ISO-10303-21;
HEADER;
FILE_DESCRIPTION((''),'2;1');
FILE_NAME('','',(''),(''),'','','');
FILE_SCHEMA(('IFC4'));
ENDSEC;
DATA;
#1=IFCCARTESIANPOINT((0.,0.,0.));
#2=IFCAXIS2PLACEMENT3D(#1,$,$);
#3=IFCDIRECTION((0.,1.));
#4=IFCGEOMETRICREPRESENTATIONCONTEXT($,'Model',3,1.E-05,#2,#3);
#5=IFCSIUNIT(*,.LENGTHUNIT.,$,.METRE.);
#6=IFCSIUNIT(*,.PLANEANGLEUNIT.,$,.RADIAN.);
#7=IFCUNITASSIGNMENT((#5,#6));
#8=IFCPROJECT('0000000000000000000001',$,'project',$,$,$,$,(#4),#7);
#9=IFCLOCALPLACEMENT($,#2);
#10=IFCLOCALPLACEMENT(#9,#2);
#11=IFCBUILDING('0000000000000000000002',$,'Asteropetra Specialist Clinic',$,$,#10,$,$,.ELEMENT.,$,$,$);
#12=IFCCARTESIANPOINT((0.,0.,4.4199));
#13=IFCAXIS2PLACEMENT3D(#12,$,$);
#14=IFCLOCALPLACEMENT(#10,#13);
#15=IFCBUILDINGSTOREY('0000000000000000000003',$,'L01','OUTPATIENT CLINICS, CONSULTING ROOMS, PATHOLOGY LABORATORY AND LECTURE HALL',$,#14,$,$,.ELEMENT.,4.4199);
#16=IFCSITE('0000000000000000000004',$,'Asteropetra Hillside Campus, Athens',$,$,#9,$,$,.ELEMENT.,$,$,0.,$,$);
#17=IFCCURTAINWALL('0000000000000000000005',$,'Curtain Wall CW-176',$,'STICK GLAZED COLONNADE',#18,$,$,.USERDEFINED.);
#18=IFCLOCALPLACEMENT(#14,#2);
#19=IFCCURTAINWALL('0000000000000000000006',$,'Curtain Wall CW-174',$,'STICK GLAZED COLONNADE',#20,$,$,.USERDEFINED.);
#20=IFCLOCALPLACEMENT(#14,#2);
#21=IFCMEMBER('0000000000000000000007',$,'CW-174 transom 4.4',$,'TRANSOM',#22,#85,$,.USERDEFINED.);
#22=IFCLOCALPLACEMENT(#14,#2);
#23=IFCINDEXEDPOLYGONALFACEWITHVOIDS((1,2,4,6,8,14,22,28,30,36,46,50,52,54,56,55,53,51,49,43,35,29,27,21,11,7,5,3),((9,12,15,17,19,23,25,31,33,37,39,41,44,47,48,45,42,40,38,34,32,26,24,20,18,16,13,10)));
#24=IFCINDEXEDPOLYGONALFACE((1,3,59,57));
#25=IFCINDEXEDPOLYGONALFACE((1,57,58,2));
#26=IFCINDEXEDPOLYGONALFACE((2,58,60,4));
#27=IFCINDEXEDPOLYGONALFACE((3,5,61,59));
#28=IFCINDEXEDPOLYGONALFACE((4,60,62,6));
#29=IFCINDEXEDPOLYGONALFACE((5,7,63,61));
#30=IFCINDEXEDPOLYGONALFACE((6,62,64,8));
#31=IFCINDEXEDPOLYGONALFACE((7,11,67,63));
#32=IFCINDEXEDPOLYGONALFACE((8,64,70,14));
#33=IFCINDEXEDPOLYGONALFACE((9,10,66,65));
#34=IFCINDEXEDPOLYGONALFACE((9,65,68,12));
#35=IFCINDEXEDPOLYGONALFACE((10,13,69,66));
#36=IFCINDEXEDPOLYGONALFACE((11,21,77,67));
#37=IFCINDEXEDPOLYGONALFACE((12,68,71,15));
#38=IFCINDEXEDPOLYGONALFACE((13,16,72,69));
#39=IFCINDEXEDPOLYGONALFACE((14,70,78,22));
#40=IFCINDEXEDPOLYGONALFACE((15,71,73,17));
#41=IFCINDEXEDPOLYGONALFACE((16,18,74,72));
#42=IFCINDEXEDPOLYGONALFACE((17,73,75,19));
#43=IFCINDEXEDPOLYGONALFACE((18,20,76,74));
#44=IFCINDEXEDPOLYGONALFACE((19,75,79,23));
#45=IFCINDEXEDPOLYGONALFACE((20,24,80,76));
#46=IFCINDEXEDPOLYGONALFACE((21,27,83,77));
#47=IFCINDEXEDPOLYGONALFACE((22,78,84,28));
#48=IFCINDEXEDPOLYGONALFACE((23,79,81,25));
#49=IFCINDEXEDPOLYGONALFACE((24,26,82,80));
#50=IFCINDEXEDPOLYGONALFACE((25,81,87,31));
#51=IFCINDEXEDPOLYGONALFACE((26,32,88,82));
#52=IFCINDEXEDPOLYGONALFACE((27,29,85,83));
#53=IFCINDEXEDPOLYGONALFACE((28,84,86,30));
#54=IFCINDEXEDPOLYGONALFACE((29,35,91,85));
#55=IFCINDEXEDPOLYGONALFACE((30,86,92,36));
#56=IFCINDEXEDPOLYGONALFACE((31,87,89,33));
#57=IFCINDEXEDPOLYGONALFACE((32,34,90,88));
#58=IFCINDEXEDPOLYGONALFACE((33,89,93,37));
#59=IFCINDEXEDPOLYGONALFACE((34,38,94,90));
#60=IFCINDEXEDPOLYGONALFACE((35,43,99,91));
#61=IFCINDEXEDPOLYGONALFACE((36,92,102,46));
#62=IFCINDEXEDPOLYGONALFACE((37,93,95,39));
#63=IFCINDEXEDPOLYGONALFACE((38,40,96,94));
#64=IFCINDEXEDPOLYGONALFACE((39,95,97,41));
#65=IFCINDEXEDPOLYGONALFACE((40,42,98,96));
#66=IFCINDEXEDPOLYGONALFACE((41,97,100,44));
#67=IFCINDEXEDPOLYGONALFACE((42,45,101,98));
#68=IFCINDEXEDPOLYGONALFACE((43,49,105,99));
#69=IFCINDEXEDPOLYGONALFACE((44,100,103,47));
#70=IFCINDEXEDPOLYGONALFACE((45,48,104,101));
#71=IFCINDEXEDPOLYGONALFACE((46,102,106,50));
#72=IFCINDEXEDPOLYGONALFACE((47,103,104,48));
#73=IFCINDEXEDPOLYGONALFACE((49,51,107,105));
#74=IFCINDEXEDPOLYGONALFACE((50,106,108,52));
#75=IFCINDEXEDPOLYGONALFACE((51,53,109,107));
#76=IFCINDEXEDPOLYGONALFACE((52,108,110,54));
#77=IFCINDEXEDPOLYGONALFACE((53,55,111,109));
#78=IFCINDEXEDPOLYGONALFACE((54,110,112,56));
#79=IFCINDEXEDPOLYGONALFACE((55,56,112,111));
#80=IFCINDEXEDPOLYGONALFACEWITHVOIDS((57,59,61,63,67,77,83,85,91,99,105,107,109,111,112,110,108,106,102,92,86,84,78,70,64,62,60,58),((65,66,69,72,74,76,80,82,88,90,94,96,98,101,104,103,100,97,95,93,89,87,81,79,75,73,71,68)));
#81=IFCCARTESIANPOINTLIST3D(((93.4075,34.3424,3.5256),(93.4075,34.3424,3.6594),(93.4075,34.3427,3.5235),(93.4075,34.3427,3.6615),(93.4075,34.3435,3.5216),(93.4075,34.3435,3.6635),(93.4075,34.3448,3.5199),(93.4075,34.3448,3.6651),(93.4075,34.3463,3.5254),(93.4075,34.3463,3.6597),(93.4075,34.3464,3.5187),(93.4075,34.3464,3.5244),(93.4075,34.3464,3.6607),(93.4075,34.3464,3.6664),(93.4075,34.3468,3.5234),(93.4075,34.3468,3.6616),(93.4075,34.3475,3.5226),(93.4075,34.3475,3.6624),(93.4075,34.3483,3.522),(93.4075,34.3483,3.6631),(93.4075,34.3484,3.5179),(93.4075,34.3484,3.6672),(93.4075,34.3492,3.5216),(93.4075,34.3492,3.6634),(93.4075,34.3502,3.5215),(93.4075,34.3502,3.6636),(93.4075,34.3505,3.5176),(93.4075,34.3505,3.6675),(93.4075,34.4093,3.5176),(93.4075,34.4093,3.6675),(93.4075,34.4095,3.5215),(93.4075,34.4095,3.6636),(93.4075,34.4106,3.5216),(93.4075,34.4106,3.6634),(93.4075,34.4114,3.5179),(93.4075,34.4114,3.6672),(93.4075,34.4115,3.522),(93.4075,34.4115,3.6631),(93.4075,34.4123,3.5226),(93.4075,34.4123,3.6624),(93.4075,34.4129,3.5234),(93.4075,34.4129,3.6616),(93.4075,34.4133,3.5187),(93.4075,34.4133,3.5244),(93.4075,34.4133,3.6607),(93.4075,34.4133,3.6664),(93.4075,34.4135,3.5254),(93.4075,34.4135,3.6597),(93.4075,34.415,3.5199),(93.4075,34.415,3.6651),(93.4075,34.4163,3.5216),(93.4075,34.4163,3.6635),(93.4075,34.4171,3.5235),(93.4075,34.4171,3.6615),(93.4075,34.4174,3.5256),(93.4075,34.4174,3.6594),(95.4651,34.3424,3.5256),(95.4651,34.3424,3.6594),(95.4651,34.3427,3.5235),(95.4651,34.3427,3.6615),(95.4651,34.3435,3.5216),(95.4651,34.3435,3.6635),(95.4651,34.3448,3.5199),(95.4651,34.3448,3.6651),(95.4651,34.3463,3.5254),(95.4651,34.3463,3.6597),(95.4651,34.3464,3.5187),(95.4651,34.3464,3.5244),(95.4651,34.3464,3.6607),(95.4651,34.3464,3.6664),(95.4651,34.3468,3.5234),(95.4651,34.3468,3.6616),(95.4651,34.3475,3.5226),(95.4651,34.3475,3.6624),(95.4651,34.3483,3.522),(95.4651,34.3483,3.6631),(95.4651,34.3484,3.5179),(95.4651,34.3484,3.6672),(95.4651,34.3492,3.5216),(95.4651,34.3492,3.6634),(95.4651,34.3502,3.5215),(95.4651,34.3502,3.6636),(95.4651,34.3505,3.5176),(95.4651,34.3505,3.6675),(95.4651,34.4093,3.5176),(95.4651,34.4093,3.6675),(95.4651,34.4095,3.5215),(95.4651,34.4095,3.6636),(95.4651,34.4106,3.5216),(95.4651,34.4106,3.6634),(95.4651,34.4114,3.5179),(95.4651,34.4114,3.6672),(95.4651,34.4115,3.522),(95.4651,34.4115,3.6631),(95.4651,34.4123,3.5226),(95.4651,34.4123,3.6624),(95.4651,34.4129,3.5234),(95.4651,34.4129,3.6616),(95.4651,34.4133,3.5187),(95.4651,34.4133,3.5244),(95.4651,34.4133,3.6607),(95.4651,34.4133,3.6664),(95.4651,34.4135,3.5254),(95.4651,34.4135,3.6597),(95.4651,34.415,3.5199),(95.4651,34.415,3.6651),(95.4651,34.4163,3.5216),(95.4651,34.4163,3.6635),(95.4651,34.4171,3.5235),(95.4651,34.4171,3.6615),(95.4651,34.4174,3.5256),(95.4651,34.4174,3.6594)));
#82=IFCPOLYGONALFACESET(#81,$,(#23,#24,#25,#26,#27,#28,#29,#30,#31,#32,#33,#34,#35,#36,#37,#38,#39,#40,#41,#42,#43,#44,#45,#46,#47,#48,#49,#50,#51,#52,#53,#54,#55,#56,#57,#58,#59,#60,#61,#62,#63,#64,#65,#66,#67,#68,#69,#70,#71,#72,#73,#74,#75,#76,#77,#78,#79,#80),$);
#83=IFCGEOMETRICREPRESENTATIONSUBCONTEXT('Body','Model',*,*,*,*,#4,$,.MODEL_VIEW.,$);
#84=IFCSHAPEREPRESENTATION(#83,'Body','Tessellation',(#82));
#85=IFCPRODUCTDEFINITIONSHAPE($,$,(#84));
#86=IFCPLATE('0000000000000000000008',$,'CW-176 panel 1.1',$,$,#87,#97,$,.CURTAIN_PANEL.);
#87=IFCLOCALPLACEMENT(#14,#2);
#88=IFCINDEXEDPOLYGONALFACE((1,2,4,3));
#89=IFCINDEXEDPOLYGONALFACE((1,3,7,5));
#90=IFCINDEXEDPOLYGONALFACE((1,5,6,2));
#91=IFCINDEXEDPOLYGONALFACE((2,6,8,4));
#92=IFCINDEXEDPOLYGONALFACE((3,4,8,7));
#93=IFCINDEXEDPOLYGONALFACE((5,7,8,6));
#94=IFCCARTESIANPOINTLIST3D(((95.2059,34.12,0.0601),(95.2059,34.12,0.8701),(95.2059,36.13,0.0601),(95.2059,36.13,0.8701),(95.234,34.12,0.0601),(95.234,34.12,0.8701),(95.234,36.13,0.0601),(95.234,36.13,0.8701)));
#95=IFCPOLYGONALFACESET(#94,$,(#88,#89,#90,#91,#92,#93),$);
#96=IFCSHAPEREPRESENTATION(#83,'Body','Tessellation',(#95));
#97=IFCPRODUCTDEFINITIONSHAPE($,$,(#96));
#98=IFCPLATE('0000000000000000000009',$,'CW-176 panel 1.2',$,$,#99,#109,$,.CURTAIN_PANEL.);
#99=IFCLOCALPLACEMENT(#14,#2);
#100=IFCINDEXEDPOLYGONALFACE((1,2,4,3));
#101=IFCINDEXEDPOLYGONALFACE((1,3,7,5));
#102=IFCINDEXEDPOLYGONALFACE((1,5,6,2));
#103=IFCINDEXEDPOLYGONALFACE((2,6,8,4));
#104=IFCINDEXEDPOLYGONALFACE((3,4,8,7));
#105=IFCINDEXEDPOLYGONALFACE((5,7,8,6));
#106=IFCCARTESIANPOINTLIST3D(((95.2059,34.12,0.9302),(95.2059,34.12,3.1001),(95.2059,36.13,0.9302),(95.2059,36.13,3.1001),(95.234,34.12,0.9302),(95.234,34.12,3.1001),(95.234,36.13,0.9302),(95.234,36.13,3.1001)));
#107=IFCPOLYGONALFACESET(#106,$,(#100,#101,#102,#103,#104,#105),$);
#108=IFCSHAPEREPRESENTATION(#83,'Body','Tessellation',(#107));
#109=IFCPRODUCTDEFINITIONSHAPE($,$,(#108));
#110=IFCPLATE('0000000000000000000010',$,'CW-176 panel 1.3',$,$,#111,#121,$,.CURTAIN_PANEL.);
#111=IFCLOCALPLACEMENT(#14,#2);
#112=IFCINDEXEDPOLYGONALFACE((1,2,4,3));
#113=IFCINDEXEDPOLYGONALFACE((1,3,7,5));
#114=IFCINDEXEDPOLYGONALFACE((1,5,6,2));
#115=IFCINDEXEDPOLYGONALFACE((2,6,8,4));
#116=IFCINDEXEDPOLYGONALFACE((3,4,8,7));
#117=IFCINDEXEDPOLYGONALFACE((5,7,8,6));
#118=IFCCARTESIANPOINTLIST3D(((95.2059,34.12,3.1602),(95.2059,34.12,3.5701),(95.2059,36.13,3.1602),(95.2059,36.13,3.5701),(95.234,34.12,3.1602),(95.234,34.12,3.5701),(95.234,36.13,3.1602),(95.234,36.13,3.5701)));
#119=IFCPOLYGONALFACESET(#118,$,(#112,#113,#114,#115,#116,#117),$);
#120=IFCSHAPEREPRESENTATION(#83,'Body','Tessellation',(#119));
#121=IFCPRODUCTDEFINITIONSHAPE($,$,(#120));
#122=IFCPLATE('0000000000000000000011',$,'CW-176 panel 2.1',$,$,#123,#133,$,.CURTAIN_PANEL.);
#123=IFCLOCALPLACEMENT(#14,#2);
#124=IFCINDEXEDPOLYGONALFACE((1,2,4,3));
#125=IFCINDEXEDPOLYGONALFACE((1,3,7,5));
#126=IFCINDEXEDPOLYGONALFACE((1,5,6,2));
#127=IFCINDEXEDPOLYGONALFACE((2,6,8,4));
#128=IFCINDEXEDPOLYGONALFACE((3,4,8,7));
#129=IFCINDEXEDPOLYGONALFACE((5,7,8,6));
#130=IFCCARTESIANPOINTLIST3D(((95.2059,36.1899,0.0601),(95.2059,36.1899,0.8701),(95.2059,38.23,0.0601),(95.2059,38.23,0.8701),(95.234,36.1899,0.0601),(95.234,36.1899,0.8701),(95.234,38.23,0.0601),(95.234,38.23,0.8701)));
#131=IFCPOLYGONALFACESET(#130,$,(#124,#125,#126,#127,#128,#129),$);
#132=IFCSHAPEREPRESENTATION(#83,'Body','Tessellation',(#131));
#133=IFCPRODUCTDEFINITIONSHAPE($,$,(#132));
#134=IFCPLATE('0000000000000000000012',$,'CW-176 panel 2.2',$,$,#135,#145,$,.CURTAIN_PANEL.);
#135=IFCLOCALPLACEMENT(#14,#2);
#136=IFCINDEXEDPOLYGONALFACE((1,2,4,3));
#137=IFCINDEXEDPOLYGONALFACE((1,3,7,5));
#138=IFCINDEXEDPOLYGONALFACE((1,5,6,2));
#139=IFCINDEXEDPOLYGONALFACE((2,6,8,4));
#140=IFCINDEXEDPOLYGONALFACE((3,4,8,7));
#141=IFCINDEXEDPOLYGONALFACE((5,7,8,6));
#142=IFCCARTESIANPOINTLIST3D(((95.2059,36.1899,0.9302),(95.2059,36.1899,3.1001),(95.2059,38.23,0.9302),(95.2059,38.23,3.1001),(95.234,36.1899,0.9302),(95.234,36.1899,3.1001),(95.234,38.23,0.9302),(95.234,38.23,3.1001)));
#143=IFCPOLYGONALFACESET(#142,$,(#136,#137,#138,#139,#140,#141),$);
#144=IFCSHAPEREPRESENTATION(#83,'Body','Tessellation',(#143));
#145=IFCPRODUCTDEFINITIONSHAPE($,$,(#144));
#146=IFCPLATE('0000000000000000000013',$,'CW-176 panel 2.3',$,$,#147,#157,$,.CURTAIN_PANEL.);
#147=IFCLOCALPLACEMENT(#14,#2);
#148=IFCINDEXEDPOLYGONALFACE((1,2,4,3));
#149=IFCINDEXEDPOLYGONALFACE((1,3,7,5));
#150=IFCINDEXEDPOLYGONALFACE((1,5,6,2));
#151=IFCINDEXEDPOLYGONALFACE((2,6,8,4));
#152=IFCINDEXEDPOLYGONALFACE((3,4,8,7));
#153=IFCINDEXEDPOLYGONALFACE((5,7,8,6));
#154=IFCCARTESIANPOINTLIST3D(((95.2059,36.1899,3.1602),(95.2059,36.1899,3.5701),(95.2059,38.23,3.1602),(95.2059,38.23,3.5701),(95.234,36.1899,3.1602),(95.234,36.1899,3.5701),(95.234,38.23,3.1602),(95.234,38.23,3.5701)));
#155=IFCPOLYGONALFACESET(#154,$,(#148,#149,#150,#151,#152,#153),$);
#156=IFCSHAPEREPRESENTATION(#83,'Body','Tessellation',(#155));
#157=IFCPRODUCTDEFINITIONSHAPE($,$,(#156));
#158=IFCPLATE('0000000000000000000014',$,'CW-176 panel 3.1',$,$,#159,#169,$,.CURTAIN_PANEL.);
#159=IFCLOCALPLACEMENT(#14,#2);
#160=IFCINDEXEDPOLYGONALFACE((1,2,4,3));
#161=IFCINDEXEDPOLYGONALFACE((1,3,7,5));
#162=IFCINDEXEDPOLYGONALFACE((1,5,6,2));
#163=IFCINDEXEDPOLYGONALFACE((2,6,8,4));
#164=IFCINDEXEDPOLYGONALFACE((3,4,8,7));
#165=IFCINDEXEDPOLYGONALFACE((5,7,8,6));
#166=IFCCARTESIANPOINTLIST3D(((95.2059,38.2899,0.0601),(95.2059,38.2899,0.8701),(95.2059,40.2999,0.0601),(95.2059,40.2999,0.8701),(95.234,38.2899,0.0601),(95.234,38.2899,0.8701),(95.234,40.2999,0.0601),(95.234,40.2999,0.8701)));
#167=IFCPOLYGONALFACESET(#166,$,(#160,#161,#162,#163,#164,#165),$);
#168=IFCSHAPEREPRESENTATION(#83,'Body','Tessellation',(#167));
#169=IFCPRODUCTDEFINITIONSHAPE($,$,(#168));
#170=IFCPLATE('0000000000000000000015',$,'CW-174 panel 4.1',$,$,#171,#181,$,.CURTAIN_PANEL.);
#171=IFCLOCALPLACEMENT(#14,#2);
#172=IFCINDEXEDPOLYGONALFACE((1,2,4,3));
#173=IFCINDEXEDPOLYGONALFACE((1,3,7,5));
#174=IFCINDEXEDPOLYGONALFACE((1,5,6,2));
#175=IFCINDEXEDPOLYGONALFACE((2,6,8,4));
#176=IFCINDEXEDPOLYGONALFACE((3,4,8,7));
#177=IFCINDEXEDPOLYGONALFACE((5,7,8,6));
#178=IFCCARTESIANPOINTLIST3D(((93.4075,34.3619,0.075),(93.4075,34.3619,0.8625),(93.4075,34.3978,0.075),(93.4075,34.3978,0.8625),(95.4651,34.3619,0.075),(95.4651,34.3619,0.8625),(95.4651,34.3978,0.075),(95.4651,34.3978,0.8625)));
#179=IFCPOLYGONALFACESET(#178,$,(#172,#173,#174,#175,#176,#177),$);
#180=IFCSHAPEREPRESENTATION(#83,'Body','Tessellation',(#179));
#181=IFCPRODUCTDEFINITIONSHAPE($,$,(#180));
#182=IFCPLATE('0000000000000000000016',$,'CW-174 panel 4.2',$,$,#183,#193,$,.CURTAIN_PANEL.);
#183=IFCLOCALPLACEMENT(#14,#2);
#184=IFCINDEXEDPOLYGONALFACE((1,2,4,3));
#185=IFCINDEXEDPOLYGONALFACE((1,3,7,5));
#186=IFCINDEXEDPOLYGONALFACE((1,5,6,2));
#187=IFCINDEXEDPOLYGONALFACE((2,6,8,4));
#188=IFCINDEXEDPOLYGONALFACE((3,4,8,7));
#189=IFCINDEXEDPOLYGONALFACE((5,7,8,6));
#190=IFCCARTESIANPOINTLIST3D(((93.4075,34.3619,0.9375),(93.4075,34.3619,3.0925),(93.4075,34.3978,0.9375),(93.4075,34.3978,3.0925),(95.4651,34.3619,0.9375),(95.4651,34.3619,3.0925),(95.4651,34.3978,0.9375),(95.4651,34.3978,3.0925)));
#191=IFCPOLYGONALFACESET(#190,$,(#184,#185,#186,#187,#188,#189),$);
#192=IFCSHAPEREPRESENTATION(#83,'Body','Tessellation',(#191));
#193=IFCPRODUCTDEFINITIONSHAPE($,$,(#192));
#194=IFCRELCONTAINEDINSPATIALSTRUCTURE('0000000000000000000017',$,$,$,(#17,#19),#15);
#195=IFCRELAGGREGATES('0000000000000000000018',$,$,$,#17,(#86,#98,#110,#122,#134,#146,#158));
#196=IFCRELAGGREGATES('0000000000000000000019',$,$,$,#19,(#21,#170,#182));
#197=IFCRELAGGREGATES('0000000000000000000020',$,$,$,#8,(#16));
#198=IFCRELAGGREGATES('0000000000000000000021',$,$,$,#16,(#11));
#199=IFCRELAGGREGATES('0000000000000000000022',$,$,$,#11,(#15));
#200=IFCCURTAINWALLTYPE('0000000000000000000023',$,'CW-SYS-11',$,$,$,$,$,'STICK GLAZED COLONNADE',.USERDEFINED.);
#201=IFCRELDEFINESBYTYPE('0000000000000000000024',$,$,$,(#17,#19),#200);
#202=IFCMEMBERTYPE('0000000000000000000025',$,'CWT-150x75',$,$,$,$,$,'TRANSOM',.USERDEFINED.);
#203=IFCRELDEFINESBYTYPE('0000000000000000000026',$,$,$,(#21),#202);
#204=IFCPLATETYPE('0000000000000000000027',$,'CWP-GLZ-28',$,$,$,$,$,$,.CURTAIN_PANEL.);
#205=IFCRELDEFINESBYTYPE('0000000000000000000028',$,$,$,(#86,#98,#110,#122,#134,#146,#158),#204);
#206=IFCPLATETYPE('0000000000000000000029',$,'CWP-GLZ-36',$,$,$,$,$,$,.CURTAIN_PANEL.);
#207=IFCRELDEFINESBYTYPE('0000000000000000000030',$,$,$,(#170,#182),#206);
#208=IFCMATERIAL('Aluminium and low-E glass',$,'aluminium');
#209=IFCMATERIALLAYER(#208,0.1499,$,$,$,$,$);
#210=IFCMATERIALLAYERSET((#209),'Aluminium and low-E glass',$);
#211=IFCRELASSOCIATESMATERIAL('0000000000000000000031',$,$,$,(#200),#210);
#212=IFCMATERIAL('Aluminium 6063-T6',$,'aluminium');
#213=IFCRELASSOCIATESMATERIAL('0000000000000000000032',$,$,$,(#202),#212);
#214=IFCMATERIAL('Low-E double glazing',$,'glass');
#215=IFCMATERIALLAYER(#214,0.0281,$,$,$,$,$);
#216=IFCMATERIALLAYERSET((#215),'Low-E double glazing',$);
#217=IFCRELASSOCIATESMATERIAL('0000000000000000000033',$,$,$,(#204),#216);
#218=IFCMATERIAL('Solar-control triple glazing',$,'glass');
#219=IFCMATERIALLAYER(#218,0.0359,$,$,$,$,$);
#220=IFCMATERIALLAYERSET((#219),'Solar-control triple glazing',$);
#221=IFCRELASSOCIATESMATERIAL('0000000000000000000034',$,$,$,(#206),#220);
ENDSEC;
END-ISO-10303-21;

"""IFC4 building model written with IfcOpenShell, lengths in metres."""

from ifc_helpers import new_model, si_unit, direction, frame, origin, origin_2d, place, context, subcontext, project, spatial, rectangle, hollow_rectangle, extrude, material, layer, layer_set, material_profile, profile_set, type_object, element, aggregate, save


model = new_model("IFC4")

# Units and contexts
model_context = context("Model", 3, precision=1e-05, world=origin(), true_north=direction((0.0, 1.0)))
body_context = subcontext(model_context, "Body", "Model", "MODEL_VIEW")
ifc_project = project(units=[si_unit("LENGTHUNIT", "METRE"), si_unit("PLANEANGLEUNIT", "RADIAN")], contexts=[model_context])

# Site, building, storey
site_placement = place(None, origin())
site = spatial("IfcSite", under=ifc_project, at=site_placement, Name="Asteropetra Hillside Campus, Athens", CompositionType="ELEMENT", RefElevation=0.0)
building_placement = place(site_placement, origin())
building = spatial("IfcBuilding", under=site, at=building_placement, Name="Asteropetra Specialist Clinic", CompositionType="ELEMENT")
storey_placement = place(building_placement, frame((0.0, 0.0, 4.4199)))
storey = spatial("IfcBuildingStorey", under=building, at=storey_placement, Name="L01", Description="OUTPATIENT CLINICS, CONSULTING ROOMS, PATHOLOGY LABORATORY AND LECTURE HALL", CompositionType="ELEMENT", Elevation=4.4199)

# Curtain wall
ifc_material_1 = material(Name="Aluminium and low-E glass", Category="aluminium")
ifc_layer_1 = layer(ifc_material_1, 0.1499)
ifc_layer_set_1 = layer_set([ifc_layer_1], Name="Aluminium and low-E glass")
curtain_wall_type = type_object("IfcCurtainWallType", Name="CW-SYS-11", ElementType="STICK GLAZED COLONNADE", PredefinedType="USERDEFINED", material=ifc_layer_set_1)
curtain_wall_1_placement = place(storey_placement, origin())
curtain_wall_1 = element("IfcCurtainWall", 1, at=curtain_wall_1_placement, inside=storey, type_object=curtain_wall_type, Name="Curtain Wall CW-176", ObjectType="STICK GLAZED COLONNADE", PredefinedType="USERDEFINED")

# Curtain wall
curtain_wall_2_placement = place(storey_placement, origin())
curtain_wall_2 = element("IfcCurtainWall", 2, at=curtain_wall_2_placement, inside=storey, type_object=curtain_wall_type, Name="Curtain Wall CW-174", ObjectType="STICK GLAZED COLONNADE", PredefinedType="USERDEFINED")

# Member
ifc_material_2 = material(Name="Aluminium 6063-T6", Category="aluminium")
ifc_material_profile_1 = material_profile(ifc_material_2, hollow_rectangle(XDim=0.075, YDim=0.1499, WallThickness=0.0039, InnerFilletRadius=0.0039, OuterFilletRadius=0.0081, at=origin_2d()), Name="TRN 150x75x4.0")
ifc_profile_set_1 = profile_set([ifc_material_profile_1], Name="Aluminium 6063-T6")
member_type_1 = type_object("IfcMemberType", Name="CWT-150x75", ElementType="TRANSOM", PredefinedType="USERDEFINED", material=ifc_profile_set_1)
member_1_placement = place(storey_placement, frame((93.4075, 34.3799, 3.5925), z_axis=(1.0, 0.0, 0.0), x_axis=(0.0, 1.0, 0.0)))
member_1 = element("IfcMember", 3, at=member_1_placement, type_object=member_type_1, Name="CW-174 transom 4.4", ObjectType="TRANSOM", PredefinedType="USERDEFINED", context=body_context, shape_type="SweptSolid", body=[
    extrude(hollow_rectangle(XDim=0.075, YDim=0.1499, WallThickness=0.0039, InnerFilletRadius=0.0039, OuterFilletRadius=0.0081, at=origin_2d()), origin(), (0.0, 0.0, 1.0), 2.0576),
])

# Plates
ifc_material_3 = material(Name="Low-E double glazing", Category="glass")
ifc_layer_2 = layer(ifc_material_3, 0.0281)
ifc_layer_set_2 = layer_set([ifc_layer_2], Name="Low-E double glazing")
plate_type_1 = type_object("IfcPlateType", Name="CWP-GLZ-28", PredefinedType="CURTAIN_PANEL", material=ifc_layer_set_2)
plate_1_placement = place(storey_placement, frame((95.22, 35.125, 0.0601), z_axis=(0.0, 0.0, 1.0), x_axis=(0.0, 1.0, 0.0)))
plate_1 = element("IfcPlate", 4, at=plate_1_placement, type_object=plate_type_1, Name="CW-176 panel 1.1", PredefinedType="CURTAIN_PANEL", context=body_context, shape_type="SweptSolid", body=[
    extrude(rectangle(XDim=2.01, YDim=0.0281, at=origin_2d()), origin(), (0.0, 0.0, 1.0), 0.8101),
])
plate_2_placement = place(storey_placement, frame((95.22, 35.125, 0.9302), z_axis=(0.0, 0.0, 1.0), x_axis=(0.0, 1.0, 0.0)))
plate_2 = element("IfcPlate", 5, at=plate_2_placement, type_object=plate_type_1, Name="CW-176 panel 1.2", PredefinedType="CURTAIN_PANEL", context=body_context, shape_type="SweptSolid", body=[
    extrude(rectangle(XDim=2.01, YDim=0.0281, at=origin_2d()), origin(), (0.0, 0.0, 1.0), 2.1699),
])
plate_3_placement = place(storey_placement, frame((95.22, 35.125, 3.1602), z_axis=(0.0, 0.0, 1.0), x_axis=(0.0, 1.0, 0.0)))
plate_3 = element("IfcPlate", 6, at=plate_3_placement, type_object=plate_type_1, Name="CW-176 panel 1.3", PredefinedType="CURTAIN_PANEL", context=body_context, shape_type="SweptSolid", body=[
    extrude(rectangle(XDim=2.01, YDim=0.0281, at=origin_2d()), origin(), (0.0, 0.0, 1.0), 0.4099),
])
plate_4_placement = place(storey_placement, frame((95.22, 37.21, 0.0601), z_axis=(0.0, 0.0, 1.0), x_axis=(0.0, 1.0, 0.0)))
plate_4 = element("IfcPlate", 7, at=plate_4_placement, type_object=plate_type_1, Name="CW-176 panel 2.1", PredefinedType="CURTAIN_PANEL", context=body_context, shape_type="SweptSolid", body=[
    extrude(rectangle(XDim=2.04, YDim=0.0281, at=origin_2d()), origin(), (0.0, 0.0, 1.0), 0.8101),
])
plate_5_placement = place(storey_placement, frame((95.22, 37.21, 0.9302), z_axis=(0.0, 0.0, 1.0), x_axis=(0.0, 1.0, 0.0)))
plate_5 = element("IfcPlate", 8, at=plate_5_placement, type_object=plate_type_1, Name="CW-176 panel 2.2", PredefinedType="CURTAIN_PANEL", context=body_context, shape_type="SweptSolid", body=[
    extrude(rectangle(XDim=2.04, YDim=0.0281, at=origin_2d()), origin(), (0.0, 0.0, 1.0), 2.1699),
])
plate_6_placement = place(storey_placement, frame((95.22, 37.21, 3.1602), z_axis=(0.0, 0.0, 1.0), x_axis=(0.0, 1.0, 0.0)))
plate_6 = element("IfcPlate", 9, at=plate_6_placement, type_object=plate_type_1, Name="CW-176 panel 2.3", PredefinedType="CURTAIN_PANEL", context=body_context, shape_type="SweptSolid", body=[
    extrude(rectangle(XDim=2.04, YDim=0.0281, at=origin_2d()), origin(), (0.0, 0.0, 1.0), 0.4099),
])
plate_7_placement = place(storey_placement, frame((95.22, 39.2949, 0.0601), z_axis=(0.0, 0.0, 1.0), x_axis=(0.0, 1.0, 0.0)))
plate_7 = element("IfcPlate", 10, at=plate_7_placement, type_object=plate_type_1, Name="CW-176 panel 3.1", PredefinedType="CURTAIN_PANEL", context=body_context, shape_type="SweptSolid", body=[
    extrude(rectangle(XDim=2.01, YDim=0.0281, at=origin_2d()), origin(), (0.0, 0.0, 1.0), 0.8101),
])
aggregate(curtain_wall_1, [plate_1, plate_2, plate_3, plate_4, plate_5, plate_6, plate_7])
ifc_material_4 = material(Name="Solar-control triple glazing", Category="glass")
ifc_layer_3 = layer(ifc_material_4, 0.0359)
ifc_layer_set_3 = layer_set([ifc_layer_3], Name="Solar-control triple glazing")
plate_type_2 = type_object("IfcPlateType", Name="CWP-GLZ-36", PredefinedType="CURTAIN_PANEL", material=ifc_layer_set_3)
plate_8_placement = place(storey_placement, frame((94.4363, 34.3799, 0.075), z_axis=(0.0, 0.0, 1.0), x_axis=(1.0, 0.0, 0.0)))
plate_8 = element("IfcPlate", 11, at=plate_8_placement, type_object=plate_type_2, Name="CW-174 panel 4.1", PredefinedType="CURTAIN_PANEL", context=body_context, shape_type="SweptSolid", body=[
    extrude(rectangle(XDim=2.0576, YDim=0.0359, at=origin_2d()), origin(), (0.0, 0.0, 1.0), 0.7876),
])
plate_9_placement = place(storey_placement, frame((94.4363, 34.3799, 0.9375), z_axis=(0.0, 0.0, 1.0), x_axis=(1.0, 0.0, 0.0)))
plate_9 = element("IfcPlate", 12, at=plate_9_placement, type_object=plate_type_2, Name="CW-174 panel 4.2", PredefinedType="CURTAIN_PANEL", context=body_context, shape_type="SweptSolid", body=[
    extrude(rectangle(XDim=2.0576, YDim=0.0359, at=origin_2d()), origin(), (0.0, 0.0, 1.0), 2.155),
])
aggregate(curtain_wall_2, [member_1, plate_8, plate_9])

save(model, "model.ifc")
